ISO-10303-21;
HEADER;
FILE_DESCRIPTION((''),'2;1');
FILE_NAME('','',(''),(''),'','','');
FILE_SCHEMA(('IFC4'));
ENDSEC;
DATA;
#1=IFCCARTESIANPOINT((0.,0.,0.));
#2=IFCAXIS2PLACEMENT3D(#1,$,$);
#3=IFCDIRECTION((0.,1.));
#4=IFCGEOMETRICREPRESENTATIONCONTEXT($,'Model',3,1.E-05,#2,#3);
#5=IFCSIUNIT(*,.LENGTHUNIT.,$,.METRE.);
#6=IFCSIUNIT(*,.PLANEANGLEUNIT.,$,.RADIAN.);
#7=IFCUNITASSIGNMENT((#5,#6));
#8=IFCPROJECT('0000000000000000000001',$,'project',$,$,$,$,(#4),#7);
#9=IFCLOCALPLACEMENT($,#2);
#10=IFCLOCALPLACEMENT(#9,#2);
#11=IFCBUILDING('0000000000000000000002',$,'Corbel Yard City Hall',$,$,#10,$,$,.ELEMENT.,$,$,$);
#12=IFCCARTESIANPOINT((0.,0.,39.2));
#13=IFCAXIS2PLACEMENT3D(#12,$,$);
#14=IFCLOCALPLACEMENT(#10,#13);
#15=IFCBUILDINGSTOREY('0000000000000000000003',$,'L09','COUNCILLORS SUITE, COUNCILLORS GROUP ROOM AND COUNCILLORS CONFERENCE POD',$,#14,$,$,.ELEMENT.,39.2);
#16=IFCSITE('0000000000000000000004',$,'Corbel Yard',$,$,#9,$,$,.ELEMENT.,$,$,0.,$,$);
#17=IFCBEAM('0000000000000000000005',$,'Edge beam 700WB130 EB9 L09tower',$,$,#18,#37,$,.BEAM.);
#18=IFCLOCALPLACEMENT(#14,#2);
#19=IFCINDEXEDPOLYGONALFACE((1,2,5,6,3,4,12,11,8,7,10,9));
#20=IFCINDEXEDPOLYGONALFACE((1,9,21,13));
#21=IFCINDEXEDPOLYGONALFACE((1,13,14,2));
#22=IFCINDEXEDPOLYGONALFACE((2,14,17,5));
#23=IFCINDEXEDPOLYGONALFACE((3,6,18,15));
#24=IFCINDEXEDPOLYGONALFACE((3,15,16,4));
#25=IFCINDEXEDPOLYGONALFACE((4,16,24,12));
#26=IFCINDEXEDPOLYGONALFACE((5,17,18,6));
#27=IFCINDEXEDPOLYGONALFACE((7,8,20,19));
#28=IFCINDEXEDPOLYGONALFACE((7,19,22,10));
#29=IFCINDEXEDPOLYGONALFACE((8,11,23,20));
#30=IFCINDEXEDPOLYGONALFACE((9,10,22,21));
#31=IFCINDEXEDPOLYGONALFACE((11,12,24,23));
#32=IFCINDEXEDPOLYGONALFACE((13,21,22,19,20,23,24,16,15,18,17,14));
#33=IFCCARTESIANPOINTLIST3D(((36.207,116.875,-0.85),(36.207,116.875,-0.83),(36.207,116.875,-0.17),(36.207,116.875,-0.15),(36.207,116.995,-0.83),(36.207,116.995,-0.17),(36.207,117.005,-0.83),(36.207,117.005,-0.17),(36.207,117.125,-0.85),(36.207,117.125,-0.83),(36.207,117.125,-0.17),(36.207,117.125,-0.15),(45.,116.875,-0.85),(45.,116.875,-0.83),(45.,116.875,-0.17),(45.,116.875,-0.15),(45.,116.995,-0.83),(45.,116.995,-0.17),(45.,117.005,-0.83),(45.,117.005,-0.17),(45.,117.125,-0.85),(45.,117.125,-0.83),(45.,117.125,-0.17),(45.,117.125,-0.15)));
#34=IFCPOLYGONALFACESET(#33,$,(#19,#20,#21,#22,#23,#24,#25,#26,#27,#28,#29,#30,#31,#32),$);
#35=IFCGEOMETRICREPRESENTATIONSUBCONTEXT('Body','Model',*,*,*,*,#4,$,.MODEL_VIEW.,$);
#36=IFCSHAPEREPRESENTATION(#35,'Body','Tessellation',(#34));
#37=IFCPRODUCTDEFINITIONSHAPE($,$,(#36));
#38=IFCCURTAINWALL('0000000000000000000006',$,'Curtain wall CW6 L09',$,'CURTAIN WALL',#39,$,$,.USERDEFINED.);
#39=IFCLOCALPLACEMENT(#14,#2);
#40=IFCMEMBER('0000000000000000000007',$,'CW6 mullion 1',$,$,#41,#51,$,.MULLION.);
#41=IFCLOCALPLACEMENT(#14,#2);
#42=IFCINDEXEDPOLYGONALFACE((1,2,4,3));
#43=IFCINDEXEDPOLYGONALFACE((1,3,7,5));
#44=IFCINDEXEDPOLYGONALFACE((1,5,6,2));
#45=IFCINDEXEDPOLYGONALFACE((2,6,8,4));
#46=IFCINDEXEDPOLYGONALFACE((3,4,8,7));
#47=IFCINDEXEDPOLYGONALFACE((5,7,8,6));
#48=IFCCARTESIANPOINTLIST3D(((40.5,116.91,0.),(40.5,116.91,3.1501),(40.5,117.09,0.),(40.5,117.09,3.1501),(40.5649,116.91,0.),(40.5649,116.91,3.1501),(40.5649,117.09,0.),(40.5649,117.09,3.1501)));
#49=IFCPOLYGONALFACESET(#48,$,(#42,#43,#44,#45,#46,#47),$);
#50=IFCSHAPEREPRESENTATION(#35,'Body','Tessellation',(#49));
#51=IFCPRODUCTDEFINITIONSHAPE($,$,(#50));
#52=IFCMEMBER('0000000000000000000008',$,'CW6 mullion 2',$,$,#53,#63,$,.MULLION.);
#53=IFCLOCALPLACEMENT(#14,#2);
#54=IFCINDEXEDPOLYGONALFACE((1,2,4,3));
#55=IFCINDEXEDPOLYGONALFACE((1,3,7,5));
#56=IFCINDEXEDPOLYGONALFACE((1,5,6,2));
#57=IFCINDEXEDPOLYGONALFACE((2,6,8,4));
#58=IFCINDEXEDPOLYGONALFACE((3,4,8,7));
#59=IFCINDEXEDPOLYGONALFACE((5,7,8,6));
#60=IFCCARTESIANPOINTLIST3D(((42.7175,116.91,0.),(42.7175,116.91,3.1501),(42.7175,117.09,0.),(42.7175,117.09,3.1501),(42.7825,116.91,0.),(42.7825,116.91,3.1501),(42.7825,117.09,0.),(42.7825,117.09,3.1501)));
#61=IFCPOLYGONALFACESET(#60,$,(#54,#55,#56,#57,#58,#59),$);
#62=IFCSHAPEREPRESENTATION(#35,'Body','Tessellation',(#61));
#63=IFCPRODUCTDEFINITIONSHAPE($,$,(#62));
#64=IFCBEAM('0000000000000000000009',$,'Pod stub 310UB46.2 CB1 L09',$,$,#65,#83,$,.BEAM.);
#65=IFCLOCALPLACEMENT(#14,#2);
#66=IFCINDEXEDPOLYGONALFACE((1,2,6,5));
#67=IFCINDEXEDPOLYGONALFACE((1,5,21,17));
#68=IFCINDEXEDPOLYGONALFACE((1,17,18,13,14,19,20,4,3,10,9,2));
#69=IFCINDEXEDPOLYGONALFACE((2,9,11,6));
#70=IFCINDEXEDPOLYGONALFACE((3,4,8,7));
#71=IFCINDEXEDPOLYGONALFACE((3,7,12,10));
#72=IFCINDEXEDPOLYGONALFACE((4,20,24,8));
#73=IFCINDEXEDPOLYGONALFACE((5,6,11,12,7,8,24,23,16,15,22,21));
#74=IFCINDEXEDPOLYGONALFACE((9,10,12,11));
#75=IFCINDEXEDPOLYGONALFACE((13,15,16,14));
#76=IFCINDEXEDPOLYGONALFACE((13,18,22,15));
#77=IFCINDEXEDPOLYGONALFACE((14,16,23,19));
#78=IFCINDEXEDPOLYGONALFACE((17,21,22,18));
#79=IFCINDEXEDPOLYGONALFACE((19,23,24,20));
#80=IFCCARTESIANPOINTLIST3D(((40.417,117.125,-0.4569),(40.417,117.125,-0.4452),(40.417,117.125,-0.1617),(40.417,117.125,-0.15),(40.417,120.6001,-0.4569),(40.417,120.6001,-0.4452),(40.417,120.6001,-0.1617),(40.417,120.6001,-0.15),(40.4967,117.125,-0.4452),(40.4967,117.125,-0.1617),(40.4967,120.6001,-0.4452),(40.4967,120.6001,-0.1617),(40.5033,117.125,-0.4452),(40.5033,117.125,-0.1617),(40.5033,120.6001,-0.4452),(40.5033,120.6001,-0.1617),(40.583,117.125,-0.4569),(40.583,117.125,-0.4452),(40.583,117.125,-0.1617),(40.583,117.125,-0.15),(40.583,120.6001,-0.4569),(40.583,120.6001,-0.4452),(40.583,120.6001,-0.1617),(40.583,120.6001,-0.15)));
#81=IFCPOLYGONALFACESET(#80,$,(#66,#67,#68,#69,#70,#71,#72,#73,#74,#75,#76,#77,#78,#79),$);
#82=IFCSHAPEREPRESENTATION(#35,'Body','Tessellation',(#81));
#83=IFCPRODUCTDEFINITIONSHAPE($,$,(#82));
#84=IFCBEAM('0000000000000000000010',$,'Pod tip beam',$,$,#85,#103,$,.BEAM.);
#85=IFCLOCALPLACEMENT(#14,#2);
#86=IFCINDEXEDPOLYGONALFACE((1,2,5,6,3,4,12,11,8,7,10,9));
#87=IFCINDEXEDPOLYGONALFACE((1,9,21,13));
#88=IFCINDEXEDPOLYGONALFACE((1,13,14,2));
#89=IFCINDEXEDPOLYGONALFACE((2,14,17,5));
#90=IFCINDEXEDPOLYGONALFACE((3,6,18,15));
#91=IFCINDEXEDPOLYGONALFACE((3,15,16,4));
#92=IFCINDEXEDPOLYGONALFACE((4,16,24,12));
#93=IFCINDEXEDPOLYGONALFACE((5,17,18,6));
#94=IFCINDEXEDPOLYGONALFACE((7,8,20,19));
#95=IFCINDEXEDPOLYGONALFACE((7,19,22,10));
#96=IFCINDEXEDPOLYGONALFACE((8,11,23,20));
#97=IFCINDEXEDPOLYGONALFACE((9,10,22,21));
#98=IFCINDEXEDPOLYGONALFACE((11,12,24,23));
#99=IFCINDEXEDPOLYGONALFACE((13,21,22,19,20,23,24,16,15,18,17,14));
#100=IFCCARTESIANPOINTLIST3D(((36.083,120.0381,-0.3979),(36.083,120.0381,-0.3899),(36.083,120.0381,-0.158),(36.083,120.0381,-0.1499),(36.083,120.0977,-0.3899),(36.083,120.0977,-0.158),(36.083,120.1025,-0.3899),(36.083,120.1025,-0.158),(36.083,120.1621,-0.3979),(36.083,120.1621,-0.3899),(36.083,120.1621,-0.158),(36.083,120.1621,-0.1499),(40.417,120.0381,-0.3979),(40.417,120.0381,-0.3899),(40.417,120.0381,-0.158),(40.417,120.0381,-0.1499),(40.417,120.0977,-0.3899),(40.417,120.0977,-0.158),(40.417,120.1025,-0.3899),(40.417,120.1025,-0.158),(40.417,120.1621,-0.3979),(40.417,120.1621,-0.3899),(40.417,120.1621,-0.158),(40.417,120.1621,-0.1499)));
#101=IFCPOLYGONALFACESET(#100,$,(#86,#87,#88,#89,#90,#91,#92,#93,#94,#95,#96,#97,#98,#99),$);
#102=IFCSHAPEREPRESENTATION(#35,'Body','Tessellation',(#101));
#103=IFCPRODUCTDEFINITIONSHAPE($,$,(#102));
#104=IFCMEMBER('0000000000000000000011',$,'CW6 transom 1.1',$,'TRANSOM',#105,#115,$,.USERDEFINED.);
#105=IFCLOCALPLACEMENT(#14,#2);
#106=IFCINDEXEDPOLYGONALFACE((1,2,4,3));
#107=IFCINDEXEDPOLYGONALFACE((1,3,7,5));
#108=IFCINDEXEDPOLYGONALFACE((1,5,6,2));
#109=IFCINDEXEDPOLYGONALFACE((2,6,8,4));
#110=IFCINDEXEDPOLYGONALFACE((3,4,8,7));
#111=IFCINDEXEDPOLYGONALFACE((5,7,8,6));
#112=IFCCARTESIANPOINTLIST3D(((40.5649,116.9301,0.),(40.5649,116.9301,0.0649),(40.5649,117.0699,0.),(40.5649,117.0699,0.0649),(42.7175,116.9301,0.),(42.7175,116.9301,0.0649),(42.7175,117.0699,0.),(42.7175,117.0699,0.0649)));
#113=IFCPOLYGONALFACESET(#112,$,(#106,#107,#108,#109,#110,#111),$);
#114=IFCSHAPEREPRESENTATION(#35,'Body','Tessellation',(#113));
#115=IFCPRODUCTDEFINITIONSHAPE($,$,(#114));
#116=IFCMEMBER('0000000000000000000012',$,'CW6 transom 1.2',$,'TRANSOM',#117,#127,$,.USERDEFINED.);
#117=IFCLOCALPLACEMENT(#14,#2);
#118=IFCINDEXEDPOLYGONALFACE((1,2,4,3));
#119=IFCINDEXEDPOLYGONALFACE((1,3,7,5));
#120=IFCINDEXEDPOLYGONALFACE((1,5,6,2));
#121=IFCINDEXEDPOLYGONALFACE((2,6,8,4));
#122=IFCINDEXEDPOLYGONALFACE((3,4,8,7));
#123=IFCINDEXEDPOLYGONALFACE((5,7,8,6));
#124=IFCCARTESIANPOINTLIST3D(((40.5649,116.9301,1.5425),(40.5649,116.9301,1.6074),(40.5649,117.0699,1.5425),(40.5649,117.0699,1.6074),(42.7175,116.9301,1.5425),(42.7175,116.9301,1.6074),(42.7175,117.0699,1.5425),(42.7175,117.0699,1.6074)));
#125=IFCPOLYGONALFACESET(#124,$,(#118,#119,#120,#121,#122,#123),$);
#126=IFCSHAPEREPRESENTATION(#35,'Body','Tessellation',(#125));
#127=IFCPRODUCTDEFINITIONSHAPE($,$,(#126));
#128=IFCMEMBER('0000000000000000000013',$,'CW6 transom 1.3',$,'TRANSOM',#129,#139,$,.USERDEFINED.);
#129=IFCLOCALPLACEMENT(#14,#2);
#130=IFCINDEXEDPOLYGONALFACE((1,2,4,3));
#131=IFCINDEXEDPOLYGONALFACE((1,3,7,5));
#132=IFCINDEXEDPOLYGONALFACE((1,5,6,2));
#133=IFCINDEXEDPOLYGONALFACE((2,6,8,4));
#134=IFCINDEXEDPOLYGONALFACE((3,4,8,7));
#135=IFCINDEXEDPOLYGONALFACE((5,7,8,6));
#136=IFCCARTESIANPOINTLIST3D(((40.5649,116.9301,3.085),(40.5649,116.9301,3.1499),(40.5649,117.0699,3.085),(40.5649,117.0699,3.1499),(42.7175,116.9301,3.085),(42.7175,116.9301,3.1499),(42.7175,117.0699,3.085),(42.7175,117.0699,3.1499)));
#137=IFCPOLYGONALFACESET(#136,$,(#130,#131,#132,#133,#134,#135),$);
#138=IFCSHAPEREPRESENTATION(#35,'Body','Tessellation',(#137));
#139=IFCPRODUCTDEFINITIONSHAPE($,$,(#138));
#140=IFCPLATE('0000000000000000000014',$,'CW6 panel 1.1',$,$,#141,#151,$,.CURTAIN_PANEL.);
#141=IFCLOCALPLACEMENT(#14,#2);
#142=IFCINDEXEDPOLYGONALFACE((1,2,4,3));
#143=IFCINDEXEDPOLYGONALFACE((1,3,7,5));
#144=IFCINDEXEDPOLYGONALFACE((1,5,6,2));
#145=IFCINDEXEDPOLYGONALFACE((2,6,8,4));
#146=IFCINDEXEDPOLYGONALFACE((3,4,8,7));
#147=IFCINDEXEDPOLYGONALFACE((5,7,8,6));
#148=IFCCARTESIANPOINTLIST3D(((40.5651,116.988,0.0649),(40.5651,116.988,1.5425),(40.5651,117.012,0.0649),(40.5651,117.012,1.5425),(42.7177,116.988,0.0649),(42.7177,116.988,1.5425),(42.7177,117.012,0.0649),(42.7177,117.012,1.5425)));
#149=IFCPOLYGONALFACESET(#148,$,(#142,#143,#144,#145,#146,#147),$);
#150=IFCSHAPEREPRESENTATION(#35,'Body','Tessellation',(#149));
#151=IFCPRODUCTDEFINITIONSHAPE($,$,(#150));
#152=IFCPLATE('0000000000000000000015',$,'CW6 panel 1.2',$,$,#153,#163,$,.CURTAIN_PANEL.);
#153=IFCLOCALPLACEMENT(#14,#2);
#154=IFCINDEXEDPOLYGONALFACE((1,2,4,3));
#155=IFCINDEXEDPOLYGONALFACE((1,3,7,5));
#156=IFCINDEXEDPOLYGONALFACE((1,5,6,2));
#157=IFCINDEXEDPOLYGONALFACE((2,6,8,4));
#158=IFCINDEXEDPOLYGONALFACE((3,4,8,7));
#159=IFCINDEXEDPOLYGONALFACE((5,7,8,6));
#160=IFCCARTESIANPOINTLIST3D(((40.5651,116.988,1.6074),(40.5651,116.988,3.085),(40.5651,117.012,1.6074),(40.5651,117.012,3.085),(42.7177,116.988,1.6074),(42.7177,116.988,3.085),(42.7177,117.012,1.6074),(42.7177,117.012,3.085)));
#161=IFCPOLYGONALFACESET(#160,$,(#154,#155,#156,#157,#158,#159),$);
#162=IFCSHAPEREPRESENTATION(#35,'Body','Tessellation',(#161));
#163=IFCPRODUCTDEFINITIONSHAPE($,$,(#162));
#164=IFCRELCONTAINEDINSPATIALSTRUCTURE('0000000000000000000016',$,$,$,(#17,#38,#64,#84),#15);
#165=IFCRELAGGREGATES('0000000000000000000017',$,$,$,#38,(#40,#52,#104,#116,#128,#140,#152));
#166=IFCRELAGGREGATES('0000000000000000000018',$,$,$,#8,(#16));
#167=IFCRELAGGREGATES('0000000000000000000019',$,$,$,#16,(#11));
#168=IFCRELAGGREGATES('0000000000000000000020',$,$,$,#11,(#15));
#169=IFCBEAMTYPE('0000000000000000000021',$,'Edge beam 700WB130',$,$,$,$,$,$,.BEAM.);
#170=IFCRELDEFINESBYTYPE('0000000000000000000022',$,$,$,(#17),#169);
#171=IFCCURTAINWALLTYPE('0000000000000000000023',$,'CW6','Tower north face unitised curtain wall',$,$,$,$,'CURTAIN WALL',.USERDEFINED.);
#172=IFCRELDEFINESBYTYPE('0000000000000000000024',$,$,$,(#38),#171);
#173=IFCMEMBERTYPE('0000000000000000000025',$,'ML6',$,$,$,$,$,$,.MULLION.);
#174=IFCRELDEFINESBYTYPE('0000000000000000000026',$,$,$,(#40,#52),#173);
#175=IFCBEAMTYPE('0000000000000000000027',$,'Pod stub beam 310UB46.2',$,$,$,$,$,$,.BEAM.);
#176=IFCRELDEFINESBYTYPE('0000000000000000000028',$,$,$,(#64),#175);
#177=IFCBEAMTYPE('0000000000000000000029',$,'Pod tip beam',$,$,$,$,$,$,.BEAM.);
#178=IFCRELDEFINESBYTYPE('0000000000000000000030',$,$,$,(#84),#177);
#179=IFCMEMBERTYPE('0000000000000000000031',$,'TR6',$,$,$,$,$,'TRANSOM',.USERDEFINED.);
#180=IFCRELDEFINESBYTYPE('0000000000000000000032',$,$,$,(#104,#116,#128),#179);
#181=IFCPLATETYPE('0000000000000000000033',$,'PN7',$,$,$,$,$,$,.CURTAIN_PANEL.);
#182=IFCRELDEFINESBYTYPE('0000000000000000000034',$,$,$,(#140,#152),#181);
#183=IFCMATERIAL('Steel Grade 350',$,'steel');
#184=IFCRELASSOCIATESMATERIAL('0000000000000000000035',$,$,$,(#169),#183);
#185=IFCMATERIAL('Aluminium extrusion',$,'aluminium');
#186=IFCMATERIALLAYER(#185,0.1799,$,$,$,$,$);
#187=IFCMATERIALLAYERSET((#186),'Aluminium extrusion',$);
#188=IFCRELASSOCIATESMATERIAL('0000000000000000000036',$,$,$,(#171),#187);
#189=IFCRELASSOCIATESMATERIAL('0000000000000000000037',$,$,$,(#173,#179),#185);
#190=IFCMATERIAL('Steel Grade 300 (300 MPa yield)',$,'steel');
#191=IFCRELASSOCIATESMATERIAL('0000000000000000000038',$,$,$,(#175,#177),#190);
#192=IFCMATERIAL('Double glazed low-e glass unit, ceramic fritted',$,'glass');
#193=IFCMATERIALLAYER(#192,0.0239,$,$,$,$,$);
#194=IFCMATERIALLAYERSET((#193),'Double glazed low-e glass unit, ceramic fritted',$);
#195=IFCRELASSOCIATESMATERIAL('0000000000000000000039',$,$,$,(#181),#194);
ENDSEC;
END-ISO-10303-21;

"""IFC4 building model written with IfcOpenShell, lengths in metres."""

from ifc_helpers import new_model, si_unit, direction, frame, origin, origin_2d, place, context, subcontext, project, spatial, rectangle, i_section, extrude, material, layer, layer_set, material_profile, profile_set, type_object, element, aggregate, save


model = new_model("IFC4")

# Units and contexts
model_context = context("Model", 3, precision=1e-05, world=origin(), true_north=direction((0.0, 1.0)))
body_context = subcontext(model_context, "Body", "Model", "MODEL_VIEW")
ifc_project = project(units=[si_unit("LENGTHUNIT", "METRE"), si_unit("PLANEANGLEUNIT", "RADIAN")], contexts=[model_context])

# Site, building, storey
site_placement = place(None, origin())
site = spatial("IfcSite", under=ifc_project, at=site_placement, Name="Corbel Yard", CompositionType="ELEMENT", RefElevation=0.0)
building_placement = place(site_placement, origin())
building = spatial("IfcBuilding", under=site, at=building_placement, Name="Corbel Yard City Hall", CompositionType="ELEMENT")
storey_placement = place(building_placement, frame((0.0, 0.0, 39.2)))
storey = spatial("IfcBuildingStorey", under=building, at=storey_placement, Name="L09", Description="COUNCILLORS SUITE, COUNCILLORS GROUP ROOM AND COUNCILLORS CONFERENCE POD", CompositionType="ELEMENT", Elevation=39.2)

# Beam
ifc_material_1 = material(Name="Steel Grade 350", Category="steel")
ifc_material_profile_1 = material_profile(ifc_material_1, i_section(OverallWidth=0.25, OverallDepth=0.7, WebThickness=0.01, FlangeThickness=0.02, at=origin_2d()), Name="700WB130")
ifc_profile_set_1 = profile_set([ifc_material_profile_1], Name="Steel Grade 350")
beam_type_1 = type_object("IfcBeamType", Name="Edge beam 700WB130", PredefinedType="BEAM", material=ifc_profile_set_1)
beam_1_placement = place(storey_placement, frame((36.207, 117.0, -0.5), z_axis=(1.0, 0.0, 0.0), x_axis=(0.0, 1.0, 0.0)))
element("IfcBeam", 1, at=beam_1_placement, inside=storey, type_object=beam_type_1, Name="Edge beam 700WB130 EB9 L09tower", PredefinedType="BEAM", context=body_context, shape_type="SweptSolid", body=[
    extrude(i_section(OverallWidth=0.25, OverallDepth=0.7, WebThickness=0.01, FlangeThickness=0.02, at=origin_2d()), origin(), (0.0, 0.0, 1.0), 8.793),
])

# Curtain wall, members
ifc_material_2 = material(Name="Aluminium extrusion", Category="aluminium")
ifc_layer_1 = layer(ifc_material_2, 0.1799)
ifc_layer_set_1 = layer_set([ifc_layer_1], Name="Aluminium extrusion")
curtain_wall_type = type_object("IfcCurtainWallType", Name="CW6", Description="Tower north face unitised curtain wall", ElementType="CURTAIN WALL", PredefinedType="USERDEFINED", material=ifc_layer_set_1)
curtain_wall_placement = place(storey_placement, origin())
curtain_wall = element("IfcCurtainWall", 2, at=curtain_wall_placement, inside=storey, type_object=curtain_wall_type, Name="Curtain wall CW6 L09", ObjectType="CURTAIN WALL", PredefinedType="USERDEFINED")
ifc_material_profile_2 = material_profile(ifc_material_2, rectangle(XDim=0.1799, YDim=0.0649, at=origin_2d()), Name="180x65")
ifc_profile_set_2 = profile_set([ifc_material_profile_2], Name="Aluminium extrusion")
member_type_1 = type_object("IfcMemberType", Name="ML6", PredefinedType="MULLION", material=ifc_profile_set_2)
member_1_placement = place(storey_placement, frame((40.5325, 117.0, 0.0), z_axis=(0.0, 0.0, 1.0), x_axis=(0.0, 1.0, 0.0)))
member_1 = element("IfcMember", 3, at=member_1_placement, type_object=member_type_1, Name="CW6 mullion 1", PredefinedType="MULLION", context=body_context, shape_type="SweptSolid", body=[
    extrude(rectangle(XDim=0.1799, YDim=0.0649, at=origin_2d()), origin(), (0.0, 0.0, 1.0), 3.1501),
])
member_2_placement = place(storey_placement, frame((42.75, 117.0, 0.0), z_axis=(0.0, 0.0, 1.0), x_axis=(0.0, 1.0, 0.0)))
member_2 = element("IfcMember", 4, at=member_2_placement, type_object=member_type_1, Name="CW6 mullion 2", PredefinedType="MULLION", context=body_context, shape_type="SweptSolid", body=[
    extrude(rectangle(XDim=0.1799, YDim=0.0649, at=origin_2d()), origin(), (0.0, 0.0, 1.0), 3.1501),
])

# Beams
ifc_material_3 = material(Name="Steel Grade 300 (300 MPa yield)", Category="steel")
ifc_material_profile_3 = material_profile(ifc_material_3, i_section(OverallWidth=0.166, OverallDepth=0.3069, WebThickness=0.0066, FlangeThickness=0.0117, at=origin_2d()), Name="310UB46.2")
ifc_profile_set_3 = profile_set([ifc_material_profile_3], Name="Steel Grade 300 (300 MPa yield)")
beam_type_2 = type_object("IfcBeamType", Name="Pod stub beam 310UB46.2", PredefinedType="BEAM", material=ifc_profile_set_3)
beam_2_placement = place(storey_placement, frame((40.5, 117.125, -0.3035), z_axis=(0.0, 1.0, 0.0), x_axis=(-1.0, 0.0, 0.0)))
element("IfcBeam", 5, at=beam_2_placement, inside=storey, type_object=beam_type_2, Name="Pod stub 310UB46.2 CB1 L09", PredefinedType="BEAM", context=body_context, shape_type="SweptSolid", body=[
    extrude(i_section(OverallWidth=0.166, OverallDepth=0.3069, WebThickness=0.0066, FlangeThickness=0.0117, at=origin_2d()), origin(), (0.0, 0.0, 1.0), 3.4751),
])
ifc_material_profile_4 = material_profile(ifc_material_3, i_section(OverallWidth=0.124, OverallDepth=0.248, WebThickness=0.0049, FlangeThickness=0.0081, at=origin_2d()), Name="250UB25.7")
ifc_profile_set_4 = profile_set([ifc_material_profile_4], Name="Steel Grade 300 (300 MPa yield)")
beam_type_3 = type_object("IfcBeamType", Name="Pod tip beam", PredefinedType="BEAM", material=ifc_profile_set_4)
beam_3_placement = place(storey_placement, frame((36.083, 120.1001, -0.2739), z_axis=(1.0, 0.0, 0.0), x_axis=(0.0, 1.0, 0.0)))
element("IfcBeam", 6, at=beam_3_placement, inside=storey, type_object=beam_type_3, Name="Pod tip beam", PredefinedType="BEAM", context=body_context, shape_type="SweptSolid", body=[
    extrude(i_section(OverallWidth=0.124, OverallDepth=0.248, WebThickness=0.0049, FlangeThickness=0.0081, at=origin_2d()), origin(), (0.0, 0.0, 1.0), 4.334),
])

# Members
ifc_material_profile_5 = material_profile(ifc_material_2, rectangle(XDim=0.1399, YDim=0.0649, at=origin_2d()), Name="140x65")
ifc_profile_set_5 = profile_set([ifc_material_profile_5], Name="Aluminium extrusion")
member_type_2 = type_object("IfcMemberType", Name="TR6", ElementType="TRANSOM", PredefinedType="USERDEFINED", material=ifc_profile_set_5)
member_3_placement = place(storey_placement, frame((40.5649, 117.0, 0.0325), z_axis=(1.0, 0.0, 0.0), x_axis=(0.0, 1.0, 0.0)))
member_3 = element("IfcMember", 7, at=member_3_placement, type_object=member_type_2, Name="CW6 transom 1.1", ObjectType="TRANSOM", PredefinedType="USERDEFINED", context=body_context, shape_type="SweptSolid", body=[
    extrude(rectangle(XDim=0.1399, YDim=0.0649, at=origin_2d()), origin(), (0.0, 0.0, 1.0), 2.1526),
])
member_4_placement = place(storey_placement, frame((40.5649, 117.0, 1.575), z_axis=(1.0, 0.0, 0.0), x_axis=(0.0, 1.0, 0.0)))
member_4 = element("IfcMember", 8, at=member_4_placement, type_object=member_type_2, Name="CW6 transom 1.2", ObjectType="TRANSOM", PredefinedType="USERDEFINED", context=body_context, shape_type="SweptSolid", body=[
    extrude(rectangle(XDim=0.1399, YDim=0.0649, at=origin_2d()), origin(), (0.0, 0.0, 1.0), 2.1526),
])
member_5_placement = place(storey_placement, frame((40.5649, 117.0, 3.1174), z_axis=(1.0, 0.0, 0.0), x_axis=(0.0, 1.0, 0.0)))
member_5 = element("IfcMember", 9, at=member_5_placement, type_object=member_type_2, Name="CW6 transom 1.3", ObjectType="TRANSOM", PredefinedType="USERDEFINED", context=body_context, shape_type="SweptSolid", body=[
    extrude(rectangle(XDim=0.1399, YDim=0.0649, at=origin_2d()), origin(), (0.0, 0.0, 1.0), 2.1526),
])

# Plates
ifc_material_4 = material(Name="Double glazed low-e glass unit, ceramic fritted", Category="glass")
ifc_layer_2 = layer(ifc_material_4, 0.0239)
ifc_layer_set_2 = layer_set([ifc_layer_2], Name="Double glazed low-e glass unit, ceramic fritted")
plate_type = type_object("IfcPlateType", Name="PN7", PredefinedType="CURTAIN_PANEL", material=ifc_layer_set_2)
plate_1_placement = place(storey_placement, frame((41.6414, 117.0, 0.0649), z_axis=(0.0, 0.0, 1.0), x_axis=(1.0, 0.0, 0.0)))
plate_1 = element("IfcPlate", 10, at=plate_1_placement, type_object=plate_type, Name="CW6 panel 1.1", PredefinedType="CURTAIN_PANEL", context=body_context, shape_type="SweptSolid", body=[
    extrude(rectangle(XDim=2.1526, YDim=0.0239, at=origin_2d()), origin(), (0.0, 0.0, 1.0), 1.4775),
])
plate_2_placement = place(storey_placement, frame((41.6414, 117.0, 1.6074), z_axis=(0.0, 0.0, 1.0), x_axis=(1.0, 0.0, 0.0)))
plate_2 = element("IfcPlate", 11, at=plate_2_placement, type_object=plate_type, Name="CW6 panel 1.2", PredefinedType="CURTAIN_PANEL", context=body_context, shape_type="SweptSolid", body=[
    extrude(rectangle(XDim=2.1526, YDim=0.0239, at=origin_2d()), origin(), (0.0, 0.0, 1.0), 1.4775),
])
aggregate(curtain_wall, [member_1, member_2, member_3, member_4, member_5, plate_1, plate_2])

save(model, "model.ifc")
